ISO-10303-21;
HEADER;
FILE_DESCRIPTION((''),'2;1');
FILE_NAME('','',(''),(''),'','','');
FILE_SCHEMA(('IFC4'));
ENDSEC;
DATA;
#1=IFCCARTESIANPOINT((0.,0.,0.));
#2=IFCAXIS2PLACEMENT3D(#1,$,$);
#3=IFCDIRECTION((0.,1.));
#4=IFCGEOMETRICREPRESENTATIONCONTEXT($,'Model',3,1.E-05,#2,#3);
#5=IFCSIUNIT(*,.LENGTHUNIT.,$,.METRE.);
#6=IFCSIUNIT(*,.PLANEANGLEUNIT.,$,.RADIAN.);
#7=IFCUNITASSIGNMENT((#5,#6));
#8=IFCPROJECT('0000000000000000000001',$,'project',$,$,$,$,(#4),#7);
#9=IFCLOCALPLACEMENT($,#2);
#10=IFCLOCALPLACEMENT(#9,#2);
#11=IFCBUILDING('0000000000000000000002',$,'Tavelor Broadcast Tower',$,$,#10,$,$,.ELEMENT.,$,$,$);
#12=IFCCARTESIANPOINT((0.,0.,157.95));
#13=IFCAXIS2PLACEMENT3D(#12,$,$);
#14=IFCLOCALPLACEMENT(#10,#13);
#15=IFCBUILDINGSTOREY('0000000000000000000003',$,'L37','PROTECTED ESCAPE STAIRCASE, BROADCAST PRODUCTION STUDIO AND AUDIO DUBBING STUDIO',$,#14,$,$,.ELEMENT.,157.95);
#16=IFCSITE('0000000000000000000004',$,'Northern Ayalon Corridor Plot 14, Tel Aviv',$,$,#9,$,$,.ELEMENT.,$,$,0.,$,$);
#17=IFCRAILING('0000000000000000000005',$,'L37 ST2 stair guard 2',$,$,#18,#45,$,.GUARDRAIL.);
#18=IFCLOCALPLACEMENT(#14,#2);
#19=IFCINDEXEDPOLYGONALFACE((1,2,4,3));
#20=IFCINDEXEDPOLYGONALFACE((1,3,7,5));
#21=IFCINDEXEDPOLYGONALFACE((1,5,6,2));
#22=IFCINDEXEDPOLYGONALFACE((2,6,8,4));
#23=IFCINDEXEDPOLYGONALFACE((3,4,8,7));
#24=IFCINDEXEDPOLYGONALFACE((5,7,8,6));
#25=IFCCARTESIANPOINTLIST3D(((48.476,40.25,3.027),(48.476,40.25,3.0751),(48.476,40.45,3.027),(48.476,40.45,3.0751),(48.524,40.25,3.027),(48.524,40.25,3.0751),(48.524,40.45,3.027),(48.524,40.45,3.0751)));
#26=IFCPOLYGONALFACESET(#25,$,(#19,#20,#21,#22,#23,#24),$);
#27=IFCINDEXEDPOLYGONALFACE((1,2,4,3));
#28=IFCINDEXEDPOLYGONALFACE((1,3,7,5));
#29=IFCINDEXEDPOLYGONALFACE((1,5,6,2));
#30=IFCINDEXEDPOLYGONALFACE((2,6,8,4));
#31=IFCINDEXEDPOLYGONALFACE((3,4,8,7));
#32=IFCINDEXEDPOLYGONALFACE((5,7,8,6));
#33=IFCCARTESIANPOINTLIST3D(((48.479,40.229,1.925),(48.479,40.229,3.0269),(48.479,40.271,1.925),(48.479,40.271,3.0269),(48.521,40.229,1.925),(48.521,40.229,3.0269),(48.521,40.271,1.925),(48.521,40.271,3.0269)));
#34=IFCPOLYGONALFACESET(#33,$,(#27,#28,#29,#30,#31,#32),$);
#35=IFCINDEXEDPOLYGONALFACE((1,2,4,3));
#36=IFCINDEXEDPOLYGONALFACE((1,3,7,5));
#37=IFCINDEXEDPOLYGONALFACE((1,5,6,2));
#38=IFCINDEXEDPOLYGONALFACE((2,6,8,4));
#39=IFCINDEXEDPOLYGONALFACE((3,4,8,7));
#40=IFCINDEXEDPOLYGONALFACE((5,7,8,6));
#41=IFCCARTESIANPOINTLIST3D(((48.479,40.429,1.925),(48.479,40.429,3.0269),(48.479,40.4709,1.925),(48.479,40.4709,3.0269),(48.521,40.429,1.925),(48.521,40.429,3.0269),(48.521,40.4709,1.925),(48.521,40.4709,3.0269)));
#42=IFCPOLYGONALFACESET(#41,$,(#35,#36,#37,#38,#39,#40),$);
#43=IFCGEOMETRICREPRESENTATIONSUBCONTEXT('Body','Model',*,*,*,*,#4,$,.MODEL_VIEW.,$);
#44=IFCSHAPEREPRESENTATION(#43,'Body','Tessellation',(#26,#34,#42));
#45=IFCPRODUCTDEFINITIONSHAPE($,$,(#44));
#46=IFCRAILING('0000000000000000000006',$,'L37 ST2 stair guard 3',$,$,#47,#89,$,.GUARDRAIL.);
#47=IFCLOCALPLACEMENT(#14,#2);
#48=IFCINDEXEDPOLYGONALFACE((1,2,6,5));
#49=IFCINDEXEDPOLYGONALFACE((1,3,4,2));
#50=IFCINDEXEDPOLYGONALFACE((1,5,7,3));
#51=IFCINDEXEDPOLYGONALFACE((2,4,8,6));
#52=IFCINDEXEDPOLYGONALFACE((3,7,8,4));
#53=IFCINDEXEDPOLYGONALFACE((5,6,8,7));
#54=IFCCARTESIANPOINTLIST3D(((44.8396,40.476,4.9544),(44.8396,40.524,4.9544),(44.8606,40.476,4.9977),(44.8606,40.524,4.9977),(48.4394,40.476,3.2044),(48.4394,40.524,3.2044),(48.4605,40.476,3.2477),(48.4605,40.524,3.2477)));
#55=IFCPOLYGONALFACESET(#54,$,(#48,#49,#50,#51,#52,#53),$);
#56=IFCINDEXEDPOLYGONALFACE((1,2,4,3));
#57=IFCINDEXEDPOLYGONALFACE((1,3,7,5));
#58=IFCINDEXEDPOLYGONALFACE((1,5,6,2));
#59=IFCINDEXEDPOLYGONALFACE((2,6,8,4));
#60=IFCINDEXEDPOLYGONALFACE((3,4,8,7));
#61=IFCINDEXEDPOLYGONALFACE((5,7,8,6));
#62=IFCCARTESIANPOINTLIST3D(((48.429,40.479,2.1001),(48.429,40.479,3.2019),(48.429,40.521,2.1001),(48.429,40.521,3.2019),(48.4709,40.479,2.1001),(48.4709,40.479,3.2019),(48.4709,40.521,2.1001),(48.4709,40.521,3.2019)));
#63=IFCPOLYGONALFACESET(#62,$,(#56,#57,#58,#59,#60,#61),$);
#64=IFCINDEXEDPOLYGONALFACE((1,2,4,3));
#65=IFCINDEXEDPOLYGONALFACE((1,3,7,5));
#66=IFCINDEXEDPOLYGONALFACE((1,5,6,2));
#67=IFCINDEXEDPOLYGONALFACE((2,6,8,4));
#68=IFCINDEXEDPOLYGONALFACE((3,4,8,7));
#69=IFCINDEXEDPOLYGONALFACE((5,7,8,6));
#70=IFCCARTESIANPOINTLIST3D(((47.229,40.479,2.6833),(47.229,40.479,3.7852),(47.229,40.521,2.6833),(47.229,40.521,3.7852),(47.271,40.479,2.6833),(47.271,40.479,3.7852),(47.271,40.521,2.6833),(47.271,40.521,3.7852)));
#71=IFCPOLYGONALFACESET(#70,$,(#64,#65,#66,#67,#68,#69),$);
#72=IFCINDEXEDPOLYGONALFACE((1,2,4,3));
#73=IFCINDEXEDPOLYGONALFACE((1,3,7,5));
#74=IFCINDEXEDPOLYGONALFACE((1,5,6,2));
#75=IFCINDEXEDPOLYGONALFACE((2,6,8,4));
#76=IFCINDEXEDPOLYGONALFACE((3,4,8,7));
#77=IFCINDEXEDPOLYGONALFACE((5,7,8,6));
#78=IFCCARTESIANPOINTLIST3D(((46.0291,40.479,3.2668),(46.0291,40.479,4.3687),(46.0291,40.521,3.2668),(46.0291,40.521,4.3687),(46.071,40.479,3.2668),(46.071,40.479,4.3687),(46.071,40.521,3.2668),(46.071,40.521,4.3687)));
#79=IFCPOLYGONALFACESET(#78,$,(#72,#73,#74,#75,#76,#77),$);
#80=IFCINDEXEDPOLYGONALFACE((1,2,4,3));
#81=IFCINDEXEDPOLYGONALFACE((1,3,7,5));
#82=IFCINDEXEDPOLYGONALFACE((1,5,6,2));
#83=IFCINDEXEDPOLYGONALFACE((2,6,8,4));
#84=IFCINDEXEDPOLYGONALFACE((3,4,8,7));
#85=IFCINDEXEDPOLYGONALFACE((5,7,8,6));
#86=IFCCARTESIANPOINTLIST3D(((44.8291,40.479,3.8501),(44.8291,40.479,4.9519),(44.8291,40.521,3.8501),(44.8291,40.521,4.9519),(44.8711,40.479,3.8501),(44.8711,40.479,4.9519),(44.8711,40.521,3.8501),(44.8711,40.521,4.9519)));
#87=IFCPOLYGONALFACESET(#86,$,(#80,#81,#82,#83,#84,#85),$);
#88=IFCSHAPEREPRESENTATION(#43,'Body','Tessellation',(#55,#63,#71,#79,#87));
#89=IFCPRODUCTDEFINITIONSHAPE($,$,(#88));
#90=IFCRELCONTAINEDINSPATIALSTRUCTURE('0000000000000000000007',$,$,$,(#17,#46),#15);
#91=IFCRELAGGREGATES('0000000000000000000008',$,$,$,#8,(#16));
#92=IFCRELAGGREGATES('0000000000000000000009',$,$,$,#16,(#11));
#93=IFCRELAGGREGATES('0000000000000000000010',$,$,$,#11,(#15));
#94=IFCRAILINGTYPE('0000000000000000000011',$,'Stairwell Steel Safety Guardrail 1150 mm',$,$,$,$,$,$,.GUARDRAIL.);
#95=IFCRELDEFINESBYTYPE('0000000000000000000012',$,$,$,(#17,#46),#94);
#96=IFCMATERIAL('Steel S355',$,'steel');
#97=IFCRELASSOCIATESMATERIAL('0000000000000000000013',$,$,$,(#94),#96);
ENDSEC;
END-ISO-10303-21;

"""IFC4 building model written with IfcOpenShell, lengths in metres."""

from ifc_helpers import new_model, si_unit, direction, frame, origin, origin_2d, place, context, subcontext, project, spatial, rectangle, extrude, material, type_object, element, save


model = new_model("IFC4")

# Units and contexts
model_context = context("Model", 3, precision=1e-05, world=origin(), true_north=direction((0.0, 1.0)))
body_context = subcontext(model_context, "Body", "Model", "MODEL_VIEW")
ifc_project = project(units=[si_unit("LENGTHUNIT", "METRE"), si_unit("PLANEANGLEUNIT", "RADIAN")], contexts=[model_context])

# Site, building, storey
site_placement = place(None, origin())
site = spatial("IfcSite", under=ifc_project, at=site_placement, Name="Northern Ayalon Corridor Plot 14, Tel Aviv", CompositionType="ELEMENT", RefElevation=0.0)
building_placement = place(site_placement, origin())
building = spatial("IfcBuilding", under=site, at=building_placement, Name="Tavelor Broadcast Tower", CompositionType="ELEMENT")
storey_placement = place(building_placement, frame((0.0, 0.0, 157.95)))
storey = spatial("IfcBuildingStorey", under=building, at=storey_placement, Name="L37", Description="PROTECTED ESCAPE STAIRCASE, BROADCAST PRODUCTION STUDIO AND AUDIO DUBBING STUDIO", CompositionType="ELEMENT", Elevation=157.95)

# Shared definitions
ifc_material_1 = material(Name="Steel S355", Category="steel")

# Railings
railing_type_1 = type_object("IfcRailingType", Name="Stairwell Steel Safety Guardrail 1150 mm", PredefinedType="GUARDRAIL", material=ifc_material_1)
railing_1_placement = place(storey_placement, frame((48.5, 40.25, 1.925)))
element("IfcRailing", 1, at=railing_1_placement, inside=storey, type_object=railing_type_1, Name="L37 ST2 stair guard 2", PredefinedType="GUARDRAIL", context=body_context, shape_type="SweptSolid", body=[
    extrude(rectangle(XDim=0.0481, YDim=0.0481, at=origin_2d()), frame((0.0, 0.0, 1.126), z_axis=(0.0, 1.0, 0.0), x_axis=(-1.0, 0.0, 0.0)), (0.0, 0.0, 1.0), 0.2),
    extrude(rectangle(XDim=0.042, YDim=0.042, at=origin_2d()), origin(), (0.0, 0.0, 1.0), 1.1018),
    extrude(rectangle(XDim=0.042, YDim=0.042, at=origin_2d()), frame((0.0, 0.2, 0.0)), (0.0, 0.0, 1.0), 1.1018),
])
railing_2_placement = place(storey_placement, frame((48.45, 40.5, 2.1001)))
element("IfcRailing", 2, at=railing_2_placement, inside=storey, type_object=railing_type_1, Name="L37 ST2 stair guard 3", PredefinedType="GUARDRAIL", context=body_context, shape_type="SweptSolid", body=[
    extrude(rectangle(XDim=0.0481, YDim=0.0481, at=origin_2d()), frame((0.0, 0.0, 1.126), z_axis=(-0.899361, 0.0, 0.437207), x_axis=(0.0, -1.0, 0.0)), (0.0, 0.0, 1.0), 4.0027),
    extrude(rectangle(XDim=0.042, YDim=0.042, at=origin_2d()), origin(), (0.0, 0.0, 1.0), 1.1018),
    extrude(rectangle(XDim=0.042, YDim=0.042, at=origin_2d()), frame((-1.2, 0.0, 0.5833)), (0.0, 0.0, 1.0), 1.1018),
    extrude(rectangle(XDim=0.042, YDim=0.042, at=origin_2d()), frame((-2.3999, 0.0, 1.1667)), (0.0, 0.0, 1.0), 1.1018),
    extrude(rectangle(XDim=0.042, YDim=0.042, at=origin_2d()), frame((-3.5999, 0.0, 1.75)), (0.0, 0.0, 1.0), 1.1018),
])

save(model, "model.ifc")
